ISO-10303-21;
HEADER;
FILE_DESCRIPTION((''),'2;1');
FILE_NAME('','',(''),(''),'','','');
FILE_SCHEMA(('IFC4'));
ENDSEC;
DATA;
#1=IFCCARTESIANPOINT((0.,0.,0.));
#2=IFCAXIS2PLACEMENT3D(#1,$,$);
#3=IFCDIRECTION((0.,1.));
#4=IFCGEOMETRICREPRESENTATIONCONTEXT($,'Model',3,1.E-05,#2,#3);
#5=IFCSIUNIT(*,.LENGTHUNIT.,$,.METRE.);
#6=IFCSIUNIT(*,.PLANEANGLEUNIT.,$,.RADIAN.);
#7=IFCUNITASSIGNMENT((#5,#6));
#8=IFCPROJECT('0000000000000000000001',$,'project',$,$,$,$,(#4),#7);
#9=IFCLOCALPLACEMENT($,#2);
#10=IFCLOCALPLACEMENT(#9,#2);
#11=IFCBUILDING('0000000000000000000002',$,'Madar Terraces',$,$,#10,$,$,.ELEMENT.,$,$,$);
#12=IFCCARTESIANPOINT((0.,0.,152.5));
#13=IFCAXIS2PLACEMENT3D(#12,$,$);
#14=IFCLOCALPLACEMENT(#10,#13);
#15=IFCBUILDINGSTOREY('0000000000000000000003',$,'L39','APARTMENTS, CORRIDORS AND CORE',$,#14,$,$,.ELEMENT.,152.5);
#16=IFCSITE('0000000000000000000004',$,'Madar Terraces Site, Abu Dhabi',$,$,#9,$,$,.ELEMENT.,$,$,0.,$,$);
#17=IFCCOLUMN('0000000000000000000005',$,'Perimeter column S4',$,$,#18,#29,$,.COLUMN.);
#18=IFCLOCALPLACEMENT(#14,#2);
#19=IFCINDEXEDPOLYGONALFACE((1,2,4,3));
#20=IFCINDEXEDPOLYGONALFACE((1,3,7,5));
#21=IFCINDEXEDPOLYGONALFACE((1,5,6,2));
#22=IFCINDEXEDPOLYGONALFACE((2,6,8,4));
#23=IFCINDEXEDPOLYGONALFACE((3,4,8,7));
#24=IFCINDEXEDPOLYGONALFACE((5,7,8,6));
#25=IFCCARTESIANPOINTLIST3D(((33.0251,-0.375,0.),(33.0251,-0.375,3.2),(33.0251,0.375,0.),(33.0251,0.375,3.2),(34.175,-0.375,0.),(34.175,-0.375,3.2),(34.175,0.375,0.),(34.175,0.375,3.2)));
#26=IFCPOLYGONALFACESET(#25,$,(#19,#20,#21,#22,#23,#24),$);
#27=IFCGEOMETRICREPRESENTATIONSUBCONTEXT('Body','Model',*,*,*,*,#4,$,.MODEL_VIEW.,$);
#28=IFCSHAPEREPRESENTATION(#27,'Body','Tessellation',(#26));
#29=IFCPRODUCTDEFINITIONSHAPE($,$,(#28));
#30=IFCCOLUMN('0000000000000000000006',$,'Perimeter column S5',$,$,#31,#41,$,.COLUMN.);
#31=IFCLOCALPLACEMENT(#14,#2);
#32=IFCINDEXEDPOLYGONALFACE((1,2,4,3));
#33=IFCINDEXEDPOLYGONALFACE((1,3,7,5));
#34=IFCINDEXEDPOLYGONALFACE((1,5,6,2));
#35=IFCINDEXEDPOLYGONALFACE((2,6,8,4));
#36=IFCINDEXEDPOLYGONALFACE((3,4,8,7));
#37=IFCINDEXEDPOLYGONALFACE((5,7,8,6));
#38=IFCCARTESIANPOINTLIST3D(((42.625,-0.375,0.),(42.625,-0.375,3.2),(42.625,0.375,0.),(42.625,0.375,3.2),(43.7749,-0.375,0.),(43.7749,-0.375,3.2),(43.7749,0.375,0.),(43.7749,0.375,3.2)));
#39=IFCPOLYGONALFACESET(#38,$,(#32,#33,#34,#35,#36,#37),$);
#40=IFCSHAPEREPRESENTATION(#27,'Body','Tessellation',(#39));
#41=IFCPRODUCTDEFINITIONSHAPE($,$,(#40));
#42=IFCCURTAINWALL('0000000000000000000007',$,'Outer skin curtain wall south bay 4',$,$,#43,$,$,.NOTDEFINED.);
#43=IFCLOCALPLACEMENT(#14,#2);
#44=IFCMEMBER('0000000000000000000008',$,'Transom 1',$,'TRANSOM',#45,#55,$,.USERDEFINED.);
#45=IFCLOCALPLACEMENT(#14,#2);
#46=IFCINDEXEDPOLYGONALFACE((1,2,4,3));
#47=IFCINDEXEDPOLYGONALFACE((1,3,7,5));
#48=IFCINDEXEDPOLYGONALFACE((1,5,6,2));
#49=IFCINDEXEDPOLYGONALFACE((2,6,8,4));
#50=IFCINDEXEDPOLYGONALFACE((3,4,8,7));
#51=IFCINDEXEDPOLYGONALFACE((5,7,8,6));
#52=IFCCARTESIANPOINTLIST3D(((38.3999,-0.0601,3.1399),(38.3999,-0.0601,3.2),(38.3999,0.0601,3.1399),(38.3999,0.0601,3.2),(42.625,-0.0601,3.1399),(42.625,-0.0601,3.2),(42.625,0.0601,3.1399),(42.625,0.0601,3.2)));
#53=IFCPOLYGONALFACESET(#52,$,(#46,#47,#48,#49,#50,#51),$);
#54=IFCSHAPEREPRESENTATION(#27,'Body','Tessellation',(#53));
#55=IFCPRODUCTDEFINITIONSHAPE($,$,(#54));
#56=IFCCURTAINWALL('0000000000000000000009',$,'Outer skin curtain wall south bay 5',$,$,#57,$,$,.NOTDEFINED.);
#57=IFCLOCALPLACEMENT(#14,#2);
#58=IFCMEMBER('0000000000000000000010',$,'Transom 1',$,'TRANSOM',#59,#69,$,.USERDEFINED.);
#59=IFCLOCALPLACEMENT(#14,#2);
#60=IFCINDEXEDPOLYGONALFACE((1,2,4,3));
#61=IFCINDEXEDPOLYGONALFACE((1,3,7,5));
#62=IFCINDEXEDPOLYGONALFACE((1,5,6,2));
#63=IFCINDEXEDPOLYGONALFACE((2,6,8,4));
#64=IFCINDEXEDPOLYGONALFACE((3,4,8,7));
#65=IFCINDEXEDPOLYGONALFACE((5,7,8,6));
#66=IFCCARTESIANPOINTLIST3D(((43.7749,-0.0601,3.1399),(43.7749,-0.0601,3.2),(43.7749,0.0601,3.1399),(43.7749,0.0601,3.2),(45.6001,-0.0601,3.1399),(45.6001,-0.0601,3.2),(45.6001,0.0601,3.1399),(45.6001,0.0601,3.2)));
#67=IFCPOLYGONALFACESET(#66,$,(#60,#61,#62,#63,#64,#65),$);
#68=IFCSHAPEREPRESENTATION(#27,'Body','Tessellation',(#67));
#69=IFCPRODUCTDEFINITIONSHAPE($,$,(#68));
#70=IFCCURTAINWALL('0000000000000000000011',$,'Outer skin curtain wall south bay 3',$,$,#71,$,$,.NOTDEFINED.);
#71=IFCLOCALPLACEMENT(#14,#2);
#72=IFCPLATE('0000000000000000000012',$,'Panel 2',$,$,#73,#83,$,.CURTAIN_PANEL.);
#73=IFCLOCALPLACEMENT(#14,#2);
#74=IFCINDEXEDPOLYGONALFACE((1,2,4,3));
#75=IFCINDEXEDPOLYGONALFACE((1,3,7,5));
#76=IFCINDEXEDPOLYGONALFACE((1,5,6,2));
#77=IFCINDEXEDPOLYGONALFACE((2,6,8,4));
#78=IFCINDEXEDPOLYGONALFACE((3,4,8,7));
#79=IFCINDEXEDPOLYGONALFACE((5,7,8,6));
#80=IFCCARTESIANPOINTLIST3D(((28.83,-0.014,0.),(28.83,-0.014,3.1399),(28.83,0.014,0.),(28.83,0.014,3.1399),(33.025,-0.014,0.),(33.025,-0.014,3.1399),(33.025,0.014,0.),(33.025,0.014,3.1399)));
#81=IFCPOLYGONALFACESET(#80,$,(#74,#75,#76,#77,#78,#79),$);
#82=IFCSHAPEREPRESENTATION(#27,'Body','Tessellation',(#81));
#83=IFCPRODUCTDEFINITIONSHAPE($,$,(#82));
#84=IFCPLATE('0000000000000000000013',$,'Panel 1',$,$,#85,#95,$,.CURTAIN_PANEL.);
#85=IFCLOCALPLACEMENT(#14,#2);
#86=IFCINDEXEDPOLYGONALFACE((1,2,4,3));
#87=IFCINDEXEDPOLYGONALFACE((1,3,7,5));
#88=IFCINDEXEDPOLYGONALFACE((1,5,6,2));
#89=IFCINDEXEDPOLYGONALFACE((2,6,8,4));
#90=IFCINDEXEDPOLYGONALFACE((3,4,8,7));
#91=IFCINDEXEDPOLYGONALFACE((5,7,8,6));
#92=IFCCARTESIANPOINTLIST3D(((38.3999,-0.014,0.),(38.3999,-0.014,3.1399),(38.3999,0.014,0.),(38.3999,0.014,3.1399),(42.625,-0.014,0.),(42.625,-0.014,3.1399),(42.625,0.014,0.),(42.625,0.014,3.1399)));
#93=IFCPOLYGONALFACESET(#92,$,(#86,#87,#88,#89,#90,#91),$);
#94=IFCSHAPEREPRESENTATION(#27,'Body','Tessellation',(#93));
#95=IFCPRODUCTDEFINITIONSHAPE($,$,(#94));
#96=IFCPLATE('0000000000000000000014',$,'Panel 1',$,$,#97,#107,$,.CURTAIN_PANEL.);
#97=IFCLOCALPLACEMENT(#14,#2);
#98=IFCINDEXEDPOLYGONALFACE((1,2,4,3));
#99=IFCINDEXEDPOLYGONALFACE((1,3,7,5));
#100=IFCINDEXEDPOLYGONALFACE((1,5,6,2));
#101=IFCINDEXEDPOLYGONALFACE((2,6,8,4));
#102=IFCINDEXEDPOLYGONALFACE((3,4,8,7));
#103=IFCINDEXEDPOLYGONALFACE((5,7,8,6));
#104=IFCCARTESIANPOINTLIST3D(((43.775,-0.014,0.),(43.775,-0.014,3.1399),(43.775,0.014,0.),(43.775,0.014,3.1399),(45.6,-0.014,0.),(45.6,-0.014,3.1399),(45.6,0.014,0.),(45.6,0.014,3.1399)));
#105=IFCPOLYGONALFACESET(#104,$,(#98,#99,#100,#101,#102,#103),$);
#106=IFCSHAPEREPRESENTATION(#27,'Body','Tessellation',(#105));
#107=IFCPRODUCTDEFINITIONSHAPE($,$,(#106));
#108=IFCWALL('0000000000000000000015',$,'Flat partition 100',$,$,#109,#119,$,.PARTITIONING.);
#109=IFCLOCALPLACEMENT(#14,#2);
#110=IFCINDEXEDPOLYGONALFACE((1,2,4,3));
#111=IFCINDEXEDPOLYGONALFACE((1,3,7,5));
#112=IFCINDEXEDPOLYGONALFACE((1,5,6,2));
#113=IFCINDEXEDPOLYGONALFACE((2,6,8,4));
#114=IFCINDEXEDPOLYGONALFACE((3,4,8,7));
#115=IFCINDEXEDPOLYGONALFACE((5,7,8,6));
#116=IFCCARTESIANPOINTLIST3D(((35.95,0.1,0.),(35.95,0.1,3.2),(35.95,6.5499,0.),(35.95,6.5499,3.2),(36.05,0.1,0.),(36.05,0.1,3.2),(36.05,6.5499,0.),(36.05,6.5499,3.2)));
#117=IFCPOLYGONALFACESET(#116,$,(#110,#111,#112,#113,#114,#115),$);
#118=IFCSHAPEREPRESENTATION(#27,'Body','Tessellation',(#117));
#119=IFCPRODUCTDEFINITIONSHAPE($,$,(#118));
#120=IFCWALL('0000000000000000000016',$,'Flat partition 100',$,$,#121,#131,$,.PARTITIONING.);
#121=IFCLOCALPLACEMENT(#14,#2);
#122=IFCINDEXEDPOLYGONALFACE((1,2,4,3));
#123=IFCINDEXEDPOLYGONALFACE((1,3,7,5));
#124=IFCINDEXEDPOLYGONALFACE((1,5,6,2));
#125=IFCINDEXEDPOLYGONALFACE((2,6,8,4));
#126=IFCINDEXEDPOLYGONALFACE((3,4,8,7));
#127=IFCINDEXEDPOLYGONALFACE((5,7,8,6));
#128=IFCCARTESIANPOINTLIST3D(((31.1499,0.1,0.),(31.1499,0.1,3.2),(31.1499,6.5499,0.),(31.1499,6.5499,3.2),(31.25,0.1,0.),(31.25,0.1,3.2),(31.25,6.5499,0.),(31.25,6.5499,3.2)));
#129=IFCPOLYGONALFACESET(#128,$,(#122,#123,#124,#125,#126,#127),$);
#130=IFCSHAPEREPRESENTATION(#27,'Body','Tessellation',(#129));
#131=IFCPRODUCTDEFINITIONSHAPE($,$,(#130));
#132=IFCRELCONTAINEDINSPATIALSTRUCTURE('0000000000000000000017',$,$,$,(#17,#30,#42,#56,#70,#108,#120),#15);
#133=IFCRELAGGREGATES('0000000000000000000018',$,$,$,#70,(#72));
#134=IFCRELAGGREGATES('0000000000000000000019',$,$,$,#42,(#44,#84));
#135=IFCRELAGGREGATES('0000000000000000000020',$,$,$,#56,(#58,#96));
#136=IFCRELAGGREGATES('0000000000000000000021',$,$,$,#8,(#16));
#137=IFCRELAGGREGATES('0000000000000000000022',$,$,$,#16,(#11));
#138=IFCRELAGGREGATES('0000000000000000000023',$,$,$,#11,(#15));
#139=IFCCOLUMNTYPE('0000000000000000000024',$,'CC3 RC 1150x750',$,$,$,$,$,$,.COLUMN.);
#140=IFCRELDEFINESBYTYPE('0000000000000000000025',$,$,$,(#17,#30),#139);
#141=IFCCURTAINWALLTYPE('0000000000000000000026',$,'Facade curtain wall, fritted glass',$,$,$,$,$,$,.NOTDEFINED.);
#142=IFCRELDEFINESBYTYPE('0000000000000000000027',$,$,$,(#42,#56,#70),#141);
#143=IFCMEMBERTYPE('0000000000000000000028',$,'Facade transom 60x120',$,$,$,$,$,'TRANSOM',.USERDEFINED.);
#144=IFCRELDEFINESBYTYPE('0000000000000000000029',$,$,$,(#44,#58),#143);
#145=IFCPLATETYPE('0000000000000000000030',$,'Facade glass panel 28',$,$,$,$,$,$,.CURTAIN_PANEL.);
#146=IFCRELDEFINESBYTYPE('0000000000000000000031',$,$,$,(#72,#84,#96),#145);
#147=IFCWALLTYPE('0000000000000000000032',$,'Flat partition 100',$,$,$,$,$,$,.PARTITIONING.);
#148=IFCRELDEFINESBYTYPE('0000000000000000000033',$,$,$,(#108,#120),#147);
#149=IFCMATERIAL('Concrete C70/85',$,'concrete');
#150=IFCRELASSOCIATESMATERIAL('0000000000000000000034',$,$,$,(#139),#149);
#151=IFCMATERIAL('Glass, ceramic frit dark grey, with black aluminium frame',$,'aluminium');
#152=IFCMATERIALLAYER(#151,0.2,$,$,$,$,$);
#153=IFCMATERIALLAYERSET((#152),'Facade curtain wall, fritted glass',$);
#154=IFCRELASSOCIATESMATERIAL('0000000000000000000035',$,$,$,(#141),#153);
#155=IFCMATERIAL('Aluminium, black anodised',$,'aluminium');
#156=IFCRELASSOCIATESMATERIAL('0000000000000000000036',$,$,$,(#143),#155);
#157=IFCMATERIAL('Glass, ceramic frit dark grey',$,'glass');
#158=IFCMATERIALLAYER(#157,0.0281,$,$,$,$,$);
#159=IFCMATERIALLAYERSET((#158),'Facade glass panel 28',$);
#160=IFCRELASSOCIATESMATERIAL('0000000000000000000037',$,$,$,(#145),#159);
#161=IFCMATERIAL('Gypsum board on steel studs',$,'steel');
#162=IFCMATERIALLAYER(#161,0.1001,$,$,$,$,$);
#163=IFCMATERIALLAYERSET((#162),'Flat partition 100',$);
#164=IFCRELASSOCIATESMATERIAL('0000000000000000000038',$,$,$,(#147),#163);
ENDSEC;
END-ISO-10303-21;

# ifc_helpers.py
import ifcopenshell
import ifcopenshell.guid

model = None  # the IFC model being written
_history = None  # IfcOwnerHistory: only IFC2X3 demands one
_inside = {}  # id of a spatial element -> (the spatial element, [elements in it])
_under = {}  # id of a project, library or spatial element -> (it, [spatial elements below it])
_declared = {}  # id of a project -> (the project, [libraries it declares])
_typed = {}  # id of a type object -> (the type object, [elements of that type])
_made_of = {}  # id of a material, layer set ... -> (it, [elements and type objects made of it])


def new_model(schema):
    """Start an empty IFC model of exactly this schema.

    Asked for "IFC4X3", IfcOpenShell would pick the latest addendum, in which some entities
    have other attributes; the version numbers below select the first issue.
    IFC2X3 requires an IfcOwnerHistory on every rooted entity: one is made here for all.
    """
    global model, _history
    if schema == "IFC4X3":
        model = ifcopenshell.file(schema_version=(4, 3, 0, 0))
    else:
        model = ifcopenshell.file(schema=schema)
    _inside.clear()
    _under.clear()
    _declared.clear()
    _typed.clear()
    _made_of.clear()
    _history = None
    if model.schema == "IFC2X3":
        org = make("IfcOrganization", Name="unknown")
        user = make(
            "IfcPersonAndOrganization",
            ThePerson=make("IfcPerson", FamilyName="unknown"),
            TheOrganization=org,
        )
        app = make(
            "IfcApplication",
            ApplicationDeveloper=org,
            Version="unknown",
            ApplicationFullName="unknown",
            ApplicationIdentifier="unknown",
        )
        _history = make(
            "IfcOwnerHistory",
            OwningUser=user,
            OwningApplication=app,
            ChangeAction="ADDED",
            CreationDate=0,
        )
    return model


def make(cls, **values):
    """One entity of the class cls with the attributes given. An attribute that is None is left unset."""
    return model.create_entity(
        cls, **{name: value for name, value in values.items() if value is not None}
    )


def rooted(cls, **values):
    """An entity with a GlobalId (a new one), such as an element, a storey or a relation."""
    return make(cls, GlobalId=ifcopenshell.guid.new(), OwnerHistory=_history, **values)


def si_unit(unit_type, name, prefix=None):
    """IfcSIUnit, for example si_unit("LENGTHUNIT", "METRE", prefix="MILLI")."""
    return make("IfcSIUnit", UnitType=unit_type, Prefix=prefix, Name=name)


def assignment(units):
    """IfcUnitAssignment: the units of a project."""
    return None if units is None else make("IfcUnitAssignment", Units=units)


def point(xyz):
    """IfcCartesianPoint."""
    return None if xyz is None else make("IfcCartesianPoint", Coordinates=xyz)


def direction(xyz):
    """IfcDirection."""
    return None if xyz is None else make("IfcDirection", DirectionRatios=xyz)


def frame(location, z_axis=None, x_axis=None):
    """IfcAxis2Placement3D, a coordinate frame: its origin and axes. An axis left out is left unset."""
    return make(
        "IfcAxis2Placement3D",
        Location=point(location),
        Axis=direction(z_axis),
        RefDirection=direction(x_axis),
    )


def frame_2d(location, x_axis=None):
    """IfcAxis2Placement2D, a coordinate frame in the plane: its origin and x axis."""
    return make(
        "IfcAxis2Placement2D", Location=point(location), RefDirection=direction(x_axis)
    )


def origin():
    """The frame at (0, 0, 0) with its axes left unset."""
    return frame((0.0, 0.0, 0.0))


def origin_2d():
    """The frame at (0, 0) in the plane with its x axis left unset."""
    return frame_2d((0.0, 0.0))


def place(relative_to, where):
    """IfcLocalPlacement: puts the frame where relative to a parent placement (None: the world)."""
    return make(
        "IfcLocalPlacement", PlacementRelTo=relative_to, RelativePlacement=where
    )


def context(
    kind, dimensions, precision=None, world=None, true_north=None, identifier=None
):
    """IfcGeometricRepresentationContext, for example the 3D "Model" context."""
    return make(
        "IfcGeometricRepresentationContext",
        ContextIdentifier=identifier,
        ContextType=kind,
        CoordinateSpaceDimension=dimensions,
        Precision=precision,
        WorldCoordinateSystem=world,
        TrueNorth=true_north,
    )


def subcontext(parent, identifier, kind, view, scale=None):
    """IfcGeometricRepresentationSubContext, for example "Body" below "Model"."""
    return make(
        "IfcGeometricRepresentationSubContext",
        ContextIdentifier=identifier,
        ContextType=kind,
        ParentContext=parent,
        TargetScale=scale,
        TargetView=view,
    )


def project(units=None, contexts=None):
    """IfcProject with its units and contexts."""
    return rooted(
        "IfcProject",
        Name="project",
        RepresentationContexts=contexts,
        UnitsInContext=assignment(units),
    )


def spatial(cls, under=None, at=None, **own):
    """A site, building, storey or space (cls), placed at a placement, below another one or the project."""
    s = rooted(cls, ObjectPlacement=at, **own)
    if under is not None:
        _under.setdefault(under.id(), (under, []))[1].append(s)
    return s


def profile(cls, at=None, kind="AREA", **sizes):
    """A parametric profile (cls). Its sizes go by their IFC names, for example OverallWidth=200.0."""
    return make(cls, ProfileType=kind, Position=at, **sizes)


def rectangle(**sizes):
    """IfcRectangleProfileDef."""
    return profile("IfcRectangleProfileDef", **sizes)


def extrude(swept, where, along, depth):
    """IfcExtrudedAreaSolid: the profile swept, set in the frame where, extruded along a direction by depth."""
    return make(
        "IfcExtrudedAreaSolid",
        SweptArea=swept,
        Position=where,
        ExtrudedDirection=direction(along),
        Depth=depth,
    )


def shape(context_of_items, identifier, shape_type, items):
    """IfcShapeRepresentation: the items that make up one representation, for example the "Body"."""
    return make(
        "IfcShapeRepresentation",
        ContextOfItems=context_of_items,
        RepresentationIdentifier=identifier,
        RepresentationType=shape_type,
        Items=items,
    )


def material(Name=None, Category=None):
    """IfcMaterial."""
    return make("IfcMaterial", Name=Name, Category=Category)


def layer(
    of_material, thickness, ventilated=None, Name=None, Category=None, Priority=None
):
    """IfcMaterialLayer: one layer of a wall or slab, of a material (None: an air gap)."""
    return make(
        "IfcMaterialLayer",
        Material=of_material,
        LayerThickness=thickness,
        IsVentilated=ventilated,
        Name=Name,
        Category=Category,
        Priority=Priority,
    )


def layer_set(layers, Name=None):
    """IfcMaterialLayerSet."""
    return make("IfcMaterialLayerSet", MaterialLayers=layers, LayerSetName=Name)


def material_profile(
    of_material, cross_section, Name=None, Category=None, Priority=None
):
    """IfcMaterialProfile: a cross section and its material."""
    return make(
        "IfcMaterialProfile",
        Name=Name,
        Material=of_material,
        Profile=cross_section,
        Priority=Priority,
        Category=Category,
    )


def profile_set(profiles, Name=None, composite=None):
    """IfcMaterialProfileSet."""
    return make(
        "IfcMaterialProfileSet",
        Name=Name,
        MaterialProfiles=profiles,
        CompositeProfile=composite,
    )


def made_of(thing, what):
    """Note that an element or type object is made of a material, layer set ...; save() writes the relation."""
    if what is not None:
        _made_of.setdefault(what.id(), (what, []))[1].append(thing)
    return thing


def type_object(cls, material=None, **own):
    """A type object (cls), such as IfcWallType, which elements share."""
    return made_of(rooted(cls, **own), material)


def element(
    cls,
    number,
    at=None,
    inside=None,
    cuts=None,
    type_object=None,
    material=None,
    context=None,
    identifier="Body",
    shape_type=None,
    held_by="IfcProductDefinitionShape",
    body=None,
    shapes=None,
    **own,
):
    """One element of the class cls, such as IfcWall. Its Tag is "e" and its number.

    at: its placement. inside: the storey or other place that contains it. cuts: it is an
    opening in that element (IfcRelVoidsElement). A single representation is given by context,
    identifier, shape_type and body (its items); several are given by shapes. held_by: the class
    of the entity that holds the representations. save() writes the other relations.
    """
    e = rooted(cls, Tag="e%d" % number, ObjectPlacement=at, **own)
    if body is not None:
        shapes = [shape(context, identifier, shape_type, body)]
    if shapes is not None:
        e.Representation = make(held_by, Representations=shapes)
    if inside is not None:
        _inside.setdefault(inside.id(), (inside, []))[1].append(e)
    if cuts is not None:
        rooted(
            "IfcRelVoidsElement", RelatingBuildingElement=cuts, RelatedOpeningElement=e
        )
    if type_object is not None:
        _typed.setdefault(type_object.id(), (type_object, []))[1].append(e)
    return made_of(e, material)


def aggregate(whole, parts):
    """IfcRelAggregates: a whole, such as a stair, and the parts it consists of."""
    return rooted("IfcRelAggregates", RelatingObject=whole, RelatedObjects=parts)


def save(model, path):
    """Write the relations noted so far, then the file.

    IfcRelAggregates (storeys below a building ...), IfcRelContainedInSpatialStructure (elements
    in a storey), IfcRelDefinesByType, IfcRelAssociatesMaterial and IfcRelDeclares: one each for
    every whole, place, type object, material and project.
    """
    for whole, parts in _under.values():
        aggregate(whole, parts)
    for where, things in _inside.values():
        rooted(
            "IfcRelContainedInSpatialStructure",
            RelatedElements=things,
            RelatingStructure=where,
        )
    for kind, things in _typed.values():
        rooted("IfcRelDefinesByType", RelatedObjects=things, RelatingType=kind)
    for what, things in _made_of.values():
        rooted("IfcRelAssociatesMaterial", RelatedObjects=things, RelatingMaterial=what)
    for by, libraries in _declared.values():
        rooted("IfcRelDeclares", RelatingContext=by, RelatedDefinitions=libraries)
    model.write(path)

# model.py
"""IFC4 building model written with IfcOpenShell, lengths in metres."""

from ifc_helpers import new_model, si_unit, direction, frame, frame_2d, origin, origin_2d, place, context, subcontext, project, spatial, rectangle, extrude, material, layer, layer_set, material_profile, profile_set, type_object, element, aggregate, save


model = new_model("IFC4")

# Units and contexts
model_context = context("Model", 3, precision=1e-05, world=origin(), true_north=direction((0.0, 1.0)))
body_context = subcontext(model_context, "Body", "Model", "MODEL_VIEW")
ifc_project = project(units=[si_unit("LENGTHUNIT", "METRE"), si_unit("PLANEANGLEUNIT", "RADIAN")], contexts=[model_context])

# Site, building, storey
site_placement = place(None, origin())
site = spatial("IfcSite", under=ifc_project, at=site_placement, Name="Madar Terraces Site, Abu Dhabi", CompositionType="ELEMENT", RefElevation=0.0)
building_placement = place(site_placement, origin())
building = spatial("IfcBuilding", under=site, at=building_placement, Name="Madar Terraces", CompositionType="ELEMENT")
storey_placement = place(building_placement, frame((0.0, 0.0, 152.5)))
storey = spatial("IfcBuildingStorey", under=building, at=storey_placement, Name="L39", Description="APARTMENTS, CORRIDORS AND CORE", CompositionType="ELEMENT", Elevation=152.5)

# Columns
ifc_material_1 = material(Name="Concrete C70/85", Category="concrete")
ifc_material_profile_1 = material_profile(ifc_material_1, rectangle(XDim=1.1499, YDim=0.75, at=origin_2d()), Name="CC3 RC 1150x750")
ifc_profile_set_1 = profile_set([ifc_material_profile_1], Name="Concrete C70/85")
column_type = type_object("IfcColumnType", Name="CC3 RC 1150x750", PredefinedType="COLUMN", material=ifc_profile_set_1)
for number, where, z_axis, x_axis, name in (
    (1, (33.6001, 0.0, 0.0), (0.0, 0.0, 1.0), (1.0, 0.0, 0.0), "Perimeter column S4"),
    (2, (43.2, 0.0, 0.0), (0.0, 0.0, 1.0), (1.0, 0.0, 0.0), "Perimeter column S5"),
):
    element("IfcColumn", number, at=place(storey_placement, frame(where, z_axis=z_axis, x_axis=x_axis)), inside=storey, type_object=column_type, Name=name, PredefinedType="COLUMN", context=body_context, shape_type="SweptSolid", body=[
        extrude(rectangle(XDim=1.1499, YDim=0.75, at=origin_2d()), origin(), (0.0, 0.0, 1.0), 3.2),
    ])

# Curtain walls, members
ifc_material_2 = material(Name="Glass, ceramic frit dark grey, with black aluminium frame", Category="aluminium")
ifc_layer_1 = layer(ifc_material_2, 0.2)
ifc_layer_set_1 = layer_set([ifc_layer_1], Name="Facade curtain wall, fritted glass")
curtain_wall_type = type_object("IfcCurtainWallType", Name="Facade curtain wall, fritted glass", PredefinedType="NOTDEFINED", material=ifc_layer_set_1)
curtain_wall_1_placement = place(storey_placement, origin())
curtain_wall_1 = element("IfcCurtainWall", 3, at=curtain_wall_1_placement, inside=storey, type_object=curtain_wall_type, Name="Outer skin curtain wall south bay 4", PredefinedType="NOTDEFINED")
ifc_material_3 = material(Name="Aluminium, black anodised", Category="aluminium")
ifc_material_profile_2 = material_profile(ifc_material_3, rectangle(XDim=0.1201, YDim=0.0601, at=origin_2d()), Name="Facade transom 60x120")
ifc_profile_set_2 = profile_set([ifc_material_profile_2], Name="Aluminium, black anodised")
member_type = type_object("IfcMemberType", Name="Facade transom 60x120", ElementType="TRANSOM", PredefinedType="USERDEFINED", material=ifc_profile_set_2)
member_1_placement = place(storey_placement, frame((38.3999, 0.0, 3.1699), z_axis=(1.0, 0.0, 0.0), x_axis=(0.0, 1.0, 0.0)))
member_1 = element("IfcMember", 4, at=member_1_placement, type_object=member_type, Name="Transom 1", ObjectType="TRANSOM", PredefinedType="USERDEFINED", context=body_context, shape_type="SweptSolid", body=[
    extrude(rectangle(XDim=0.1201, YDim=0.0601, at=origin_2d()), origin(), (0.0, 0.0, 1.0), 4.2251),
])
curtain_wall_2_placement = place(storey_placement, origin())
curtain_wall_2 = element("IfcCurtainWall", 5, at=curtain_wall_2_placement, inside=storey, type_object=curtain_wall_type, Name="Outer skin curtain wall south bay 5", PredefinedType="NOTDEFINED")
member_2_placement = place(storey_placement, frame((43.7749, 0.0, 3.1699), z_axis=(1.0, 0.0, 0.0), x_axis=(0.0, 1.0, 0.0)))
member_2 = element("IfcMember", 6, at=member_2_placement, type_object=member_type, Name="Transom 1", ObjectType="TRANSOM", PredefinedType="USERDEFINED", context=body_context, shape_type="SweptSolid", body=[
    extrude(rectangle(XDim=0.1201, YDim=0.0601, at=origin_2d()), origin(), (0.0, 0.0, 1.0), 1.8252),
])

# Curtain wall, plate
curtain_wall_3_placement = place(storey_placement, origin())
curtain_wall_3 = element("IfcCurtainWall", 7, at=curtain_wall_3_placement, inside=storey, type_object=curtain_wall_type, Name="Outer skin curtain wall south bay 3", PredefinedType="NOTDEFINED")
ifc_material_4 = material(Name="Glass, ceramic frit dark grey", Category="glass")
ifc_layer_2 = layer(ifc_material_4, 0.0281)
ifc_layer_set_2 = layer_set([ifc_layer_2], Name="Facade glass panel 28")
plate_type = type_object("IfcPlateType", Name="Facade glass panel 28", PredefinedType="CURTAIN_PANEL", material=ifc_layer_set_2)
plate_1_placement = place(storey_placement, frame((30.9275, 0.0, 0.0), z_axis=(0.0, 0.0, 1.0), x_axis=(1.0, 0.0, 0.0)))
plate_1 = element("IfcPlate", 8, at=plate_1_placement, type_object=plate_type, Name="Panel 2", PredefinedType="CURTAIN_PANEL", context=body_context, shape_type="SweptSolid", body=[
    extrude(rectangle(XDim=4.1951, YDim=0.0281, at=origin_2d()), origin(), (0.0, 0.0, 1.0), 3.1399),
])
aggregate(curtain_wall_3, [plate_1])

# Plates
plate_2_placement = place(storey_placement, frame((40.5125, 0.0, 0.0), z_axis=(0.0, 0.0, 1.0), x_axis=(1.0, 0.0, 0.0)))
plate_2 = element("IfcPlate", 9, at=plate_2_placement, type_object=plate_type, Name="Panel 1", PredefinedType="CURTAIN_PANEL", context=body_context, shape_type="SweptSolid", body=[
    extrude(rectangle(XDim=4.2251, YDim=0.0281, at=origin_2d()), origin(), (0.0, 0.0, 1.0), 3.1399),
])
aggregate(curtain_wall_1, [member_1, plate_2])
plate_3_placement = place(storey_placement, frame((44.6875, 0.0, 0.0), z_axis=(0.0, 0.0, 1.0), x_axis=(1.0, 0.0, 0.0)))
plate_3 = element("IfcPlate", 10, at=plate_3_placement, type_object=plate_type, Name="Panel 1", PredefinedType="CURTAIN_PANEL", context=body_context, shape_type="SweptSolid", body=[
    extrude(rectangle(XDim=1.825, YDim=0.0281, at=origin_2d()), origin(), (0.0, 0.0, 1.0), 3.1399),
])
aggregate(curtain_wall_2, [member_2, plate_3])

# Walls
ifc_material_5 = material(Name="Gypsum board on steel studs", Category="steel")
ifc_layer_3 = layer(ifc_material_5, 0.1001)
ifc_layer_set_3 = layer_set([ifc_layer_3], Name="Flat partition 100")
wall_type_1 = type_object("IfcWallType", Name="Flat partition 100", PredefinedType="PARTITIONING", material=ifc_layer_set_3)
for number, where, z_axis, x_axis, name in (
    (11, (36.0, 6.55, 0.0), (0.0, 0.0, 1.0), (0.0, -1.0, 0.0), "Flat partition 100"),
    (12, (31.2, 6.55, 0.0), (0.0, 0.0, 1.0), (0.0, -1.0, 0.0), "Flat partition 100"),
):
    element("IfcWall", number, at=place(storey_placement, frame(where, z_axis=z_axis, x_axis=x_axis)), inside=storey, type_object=wall_type_1, Name=name, PredefinedType="PARTITIONING", context=body_context, shape_type="SweptSolid", body=[
        extrude(rectangle(XDim=6.45, YDim=0.1001, at=frame_2d((3.2251, 0.0))), origin(), (0.0, 0.0, 1.0), 3.2),
    ])

save(model, "model.ifc")
